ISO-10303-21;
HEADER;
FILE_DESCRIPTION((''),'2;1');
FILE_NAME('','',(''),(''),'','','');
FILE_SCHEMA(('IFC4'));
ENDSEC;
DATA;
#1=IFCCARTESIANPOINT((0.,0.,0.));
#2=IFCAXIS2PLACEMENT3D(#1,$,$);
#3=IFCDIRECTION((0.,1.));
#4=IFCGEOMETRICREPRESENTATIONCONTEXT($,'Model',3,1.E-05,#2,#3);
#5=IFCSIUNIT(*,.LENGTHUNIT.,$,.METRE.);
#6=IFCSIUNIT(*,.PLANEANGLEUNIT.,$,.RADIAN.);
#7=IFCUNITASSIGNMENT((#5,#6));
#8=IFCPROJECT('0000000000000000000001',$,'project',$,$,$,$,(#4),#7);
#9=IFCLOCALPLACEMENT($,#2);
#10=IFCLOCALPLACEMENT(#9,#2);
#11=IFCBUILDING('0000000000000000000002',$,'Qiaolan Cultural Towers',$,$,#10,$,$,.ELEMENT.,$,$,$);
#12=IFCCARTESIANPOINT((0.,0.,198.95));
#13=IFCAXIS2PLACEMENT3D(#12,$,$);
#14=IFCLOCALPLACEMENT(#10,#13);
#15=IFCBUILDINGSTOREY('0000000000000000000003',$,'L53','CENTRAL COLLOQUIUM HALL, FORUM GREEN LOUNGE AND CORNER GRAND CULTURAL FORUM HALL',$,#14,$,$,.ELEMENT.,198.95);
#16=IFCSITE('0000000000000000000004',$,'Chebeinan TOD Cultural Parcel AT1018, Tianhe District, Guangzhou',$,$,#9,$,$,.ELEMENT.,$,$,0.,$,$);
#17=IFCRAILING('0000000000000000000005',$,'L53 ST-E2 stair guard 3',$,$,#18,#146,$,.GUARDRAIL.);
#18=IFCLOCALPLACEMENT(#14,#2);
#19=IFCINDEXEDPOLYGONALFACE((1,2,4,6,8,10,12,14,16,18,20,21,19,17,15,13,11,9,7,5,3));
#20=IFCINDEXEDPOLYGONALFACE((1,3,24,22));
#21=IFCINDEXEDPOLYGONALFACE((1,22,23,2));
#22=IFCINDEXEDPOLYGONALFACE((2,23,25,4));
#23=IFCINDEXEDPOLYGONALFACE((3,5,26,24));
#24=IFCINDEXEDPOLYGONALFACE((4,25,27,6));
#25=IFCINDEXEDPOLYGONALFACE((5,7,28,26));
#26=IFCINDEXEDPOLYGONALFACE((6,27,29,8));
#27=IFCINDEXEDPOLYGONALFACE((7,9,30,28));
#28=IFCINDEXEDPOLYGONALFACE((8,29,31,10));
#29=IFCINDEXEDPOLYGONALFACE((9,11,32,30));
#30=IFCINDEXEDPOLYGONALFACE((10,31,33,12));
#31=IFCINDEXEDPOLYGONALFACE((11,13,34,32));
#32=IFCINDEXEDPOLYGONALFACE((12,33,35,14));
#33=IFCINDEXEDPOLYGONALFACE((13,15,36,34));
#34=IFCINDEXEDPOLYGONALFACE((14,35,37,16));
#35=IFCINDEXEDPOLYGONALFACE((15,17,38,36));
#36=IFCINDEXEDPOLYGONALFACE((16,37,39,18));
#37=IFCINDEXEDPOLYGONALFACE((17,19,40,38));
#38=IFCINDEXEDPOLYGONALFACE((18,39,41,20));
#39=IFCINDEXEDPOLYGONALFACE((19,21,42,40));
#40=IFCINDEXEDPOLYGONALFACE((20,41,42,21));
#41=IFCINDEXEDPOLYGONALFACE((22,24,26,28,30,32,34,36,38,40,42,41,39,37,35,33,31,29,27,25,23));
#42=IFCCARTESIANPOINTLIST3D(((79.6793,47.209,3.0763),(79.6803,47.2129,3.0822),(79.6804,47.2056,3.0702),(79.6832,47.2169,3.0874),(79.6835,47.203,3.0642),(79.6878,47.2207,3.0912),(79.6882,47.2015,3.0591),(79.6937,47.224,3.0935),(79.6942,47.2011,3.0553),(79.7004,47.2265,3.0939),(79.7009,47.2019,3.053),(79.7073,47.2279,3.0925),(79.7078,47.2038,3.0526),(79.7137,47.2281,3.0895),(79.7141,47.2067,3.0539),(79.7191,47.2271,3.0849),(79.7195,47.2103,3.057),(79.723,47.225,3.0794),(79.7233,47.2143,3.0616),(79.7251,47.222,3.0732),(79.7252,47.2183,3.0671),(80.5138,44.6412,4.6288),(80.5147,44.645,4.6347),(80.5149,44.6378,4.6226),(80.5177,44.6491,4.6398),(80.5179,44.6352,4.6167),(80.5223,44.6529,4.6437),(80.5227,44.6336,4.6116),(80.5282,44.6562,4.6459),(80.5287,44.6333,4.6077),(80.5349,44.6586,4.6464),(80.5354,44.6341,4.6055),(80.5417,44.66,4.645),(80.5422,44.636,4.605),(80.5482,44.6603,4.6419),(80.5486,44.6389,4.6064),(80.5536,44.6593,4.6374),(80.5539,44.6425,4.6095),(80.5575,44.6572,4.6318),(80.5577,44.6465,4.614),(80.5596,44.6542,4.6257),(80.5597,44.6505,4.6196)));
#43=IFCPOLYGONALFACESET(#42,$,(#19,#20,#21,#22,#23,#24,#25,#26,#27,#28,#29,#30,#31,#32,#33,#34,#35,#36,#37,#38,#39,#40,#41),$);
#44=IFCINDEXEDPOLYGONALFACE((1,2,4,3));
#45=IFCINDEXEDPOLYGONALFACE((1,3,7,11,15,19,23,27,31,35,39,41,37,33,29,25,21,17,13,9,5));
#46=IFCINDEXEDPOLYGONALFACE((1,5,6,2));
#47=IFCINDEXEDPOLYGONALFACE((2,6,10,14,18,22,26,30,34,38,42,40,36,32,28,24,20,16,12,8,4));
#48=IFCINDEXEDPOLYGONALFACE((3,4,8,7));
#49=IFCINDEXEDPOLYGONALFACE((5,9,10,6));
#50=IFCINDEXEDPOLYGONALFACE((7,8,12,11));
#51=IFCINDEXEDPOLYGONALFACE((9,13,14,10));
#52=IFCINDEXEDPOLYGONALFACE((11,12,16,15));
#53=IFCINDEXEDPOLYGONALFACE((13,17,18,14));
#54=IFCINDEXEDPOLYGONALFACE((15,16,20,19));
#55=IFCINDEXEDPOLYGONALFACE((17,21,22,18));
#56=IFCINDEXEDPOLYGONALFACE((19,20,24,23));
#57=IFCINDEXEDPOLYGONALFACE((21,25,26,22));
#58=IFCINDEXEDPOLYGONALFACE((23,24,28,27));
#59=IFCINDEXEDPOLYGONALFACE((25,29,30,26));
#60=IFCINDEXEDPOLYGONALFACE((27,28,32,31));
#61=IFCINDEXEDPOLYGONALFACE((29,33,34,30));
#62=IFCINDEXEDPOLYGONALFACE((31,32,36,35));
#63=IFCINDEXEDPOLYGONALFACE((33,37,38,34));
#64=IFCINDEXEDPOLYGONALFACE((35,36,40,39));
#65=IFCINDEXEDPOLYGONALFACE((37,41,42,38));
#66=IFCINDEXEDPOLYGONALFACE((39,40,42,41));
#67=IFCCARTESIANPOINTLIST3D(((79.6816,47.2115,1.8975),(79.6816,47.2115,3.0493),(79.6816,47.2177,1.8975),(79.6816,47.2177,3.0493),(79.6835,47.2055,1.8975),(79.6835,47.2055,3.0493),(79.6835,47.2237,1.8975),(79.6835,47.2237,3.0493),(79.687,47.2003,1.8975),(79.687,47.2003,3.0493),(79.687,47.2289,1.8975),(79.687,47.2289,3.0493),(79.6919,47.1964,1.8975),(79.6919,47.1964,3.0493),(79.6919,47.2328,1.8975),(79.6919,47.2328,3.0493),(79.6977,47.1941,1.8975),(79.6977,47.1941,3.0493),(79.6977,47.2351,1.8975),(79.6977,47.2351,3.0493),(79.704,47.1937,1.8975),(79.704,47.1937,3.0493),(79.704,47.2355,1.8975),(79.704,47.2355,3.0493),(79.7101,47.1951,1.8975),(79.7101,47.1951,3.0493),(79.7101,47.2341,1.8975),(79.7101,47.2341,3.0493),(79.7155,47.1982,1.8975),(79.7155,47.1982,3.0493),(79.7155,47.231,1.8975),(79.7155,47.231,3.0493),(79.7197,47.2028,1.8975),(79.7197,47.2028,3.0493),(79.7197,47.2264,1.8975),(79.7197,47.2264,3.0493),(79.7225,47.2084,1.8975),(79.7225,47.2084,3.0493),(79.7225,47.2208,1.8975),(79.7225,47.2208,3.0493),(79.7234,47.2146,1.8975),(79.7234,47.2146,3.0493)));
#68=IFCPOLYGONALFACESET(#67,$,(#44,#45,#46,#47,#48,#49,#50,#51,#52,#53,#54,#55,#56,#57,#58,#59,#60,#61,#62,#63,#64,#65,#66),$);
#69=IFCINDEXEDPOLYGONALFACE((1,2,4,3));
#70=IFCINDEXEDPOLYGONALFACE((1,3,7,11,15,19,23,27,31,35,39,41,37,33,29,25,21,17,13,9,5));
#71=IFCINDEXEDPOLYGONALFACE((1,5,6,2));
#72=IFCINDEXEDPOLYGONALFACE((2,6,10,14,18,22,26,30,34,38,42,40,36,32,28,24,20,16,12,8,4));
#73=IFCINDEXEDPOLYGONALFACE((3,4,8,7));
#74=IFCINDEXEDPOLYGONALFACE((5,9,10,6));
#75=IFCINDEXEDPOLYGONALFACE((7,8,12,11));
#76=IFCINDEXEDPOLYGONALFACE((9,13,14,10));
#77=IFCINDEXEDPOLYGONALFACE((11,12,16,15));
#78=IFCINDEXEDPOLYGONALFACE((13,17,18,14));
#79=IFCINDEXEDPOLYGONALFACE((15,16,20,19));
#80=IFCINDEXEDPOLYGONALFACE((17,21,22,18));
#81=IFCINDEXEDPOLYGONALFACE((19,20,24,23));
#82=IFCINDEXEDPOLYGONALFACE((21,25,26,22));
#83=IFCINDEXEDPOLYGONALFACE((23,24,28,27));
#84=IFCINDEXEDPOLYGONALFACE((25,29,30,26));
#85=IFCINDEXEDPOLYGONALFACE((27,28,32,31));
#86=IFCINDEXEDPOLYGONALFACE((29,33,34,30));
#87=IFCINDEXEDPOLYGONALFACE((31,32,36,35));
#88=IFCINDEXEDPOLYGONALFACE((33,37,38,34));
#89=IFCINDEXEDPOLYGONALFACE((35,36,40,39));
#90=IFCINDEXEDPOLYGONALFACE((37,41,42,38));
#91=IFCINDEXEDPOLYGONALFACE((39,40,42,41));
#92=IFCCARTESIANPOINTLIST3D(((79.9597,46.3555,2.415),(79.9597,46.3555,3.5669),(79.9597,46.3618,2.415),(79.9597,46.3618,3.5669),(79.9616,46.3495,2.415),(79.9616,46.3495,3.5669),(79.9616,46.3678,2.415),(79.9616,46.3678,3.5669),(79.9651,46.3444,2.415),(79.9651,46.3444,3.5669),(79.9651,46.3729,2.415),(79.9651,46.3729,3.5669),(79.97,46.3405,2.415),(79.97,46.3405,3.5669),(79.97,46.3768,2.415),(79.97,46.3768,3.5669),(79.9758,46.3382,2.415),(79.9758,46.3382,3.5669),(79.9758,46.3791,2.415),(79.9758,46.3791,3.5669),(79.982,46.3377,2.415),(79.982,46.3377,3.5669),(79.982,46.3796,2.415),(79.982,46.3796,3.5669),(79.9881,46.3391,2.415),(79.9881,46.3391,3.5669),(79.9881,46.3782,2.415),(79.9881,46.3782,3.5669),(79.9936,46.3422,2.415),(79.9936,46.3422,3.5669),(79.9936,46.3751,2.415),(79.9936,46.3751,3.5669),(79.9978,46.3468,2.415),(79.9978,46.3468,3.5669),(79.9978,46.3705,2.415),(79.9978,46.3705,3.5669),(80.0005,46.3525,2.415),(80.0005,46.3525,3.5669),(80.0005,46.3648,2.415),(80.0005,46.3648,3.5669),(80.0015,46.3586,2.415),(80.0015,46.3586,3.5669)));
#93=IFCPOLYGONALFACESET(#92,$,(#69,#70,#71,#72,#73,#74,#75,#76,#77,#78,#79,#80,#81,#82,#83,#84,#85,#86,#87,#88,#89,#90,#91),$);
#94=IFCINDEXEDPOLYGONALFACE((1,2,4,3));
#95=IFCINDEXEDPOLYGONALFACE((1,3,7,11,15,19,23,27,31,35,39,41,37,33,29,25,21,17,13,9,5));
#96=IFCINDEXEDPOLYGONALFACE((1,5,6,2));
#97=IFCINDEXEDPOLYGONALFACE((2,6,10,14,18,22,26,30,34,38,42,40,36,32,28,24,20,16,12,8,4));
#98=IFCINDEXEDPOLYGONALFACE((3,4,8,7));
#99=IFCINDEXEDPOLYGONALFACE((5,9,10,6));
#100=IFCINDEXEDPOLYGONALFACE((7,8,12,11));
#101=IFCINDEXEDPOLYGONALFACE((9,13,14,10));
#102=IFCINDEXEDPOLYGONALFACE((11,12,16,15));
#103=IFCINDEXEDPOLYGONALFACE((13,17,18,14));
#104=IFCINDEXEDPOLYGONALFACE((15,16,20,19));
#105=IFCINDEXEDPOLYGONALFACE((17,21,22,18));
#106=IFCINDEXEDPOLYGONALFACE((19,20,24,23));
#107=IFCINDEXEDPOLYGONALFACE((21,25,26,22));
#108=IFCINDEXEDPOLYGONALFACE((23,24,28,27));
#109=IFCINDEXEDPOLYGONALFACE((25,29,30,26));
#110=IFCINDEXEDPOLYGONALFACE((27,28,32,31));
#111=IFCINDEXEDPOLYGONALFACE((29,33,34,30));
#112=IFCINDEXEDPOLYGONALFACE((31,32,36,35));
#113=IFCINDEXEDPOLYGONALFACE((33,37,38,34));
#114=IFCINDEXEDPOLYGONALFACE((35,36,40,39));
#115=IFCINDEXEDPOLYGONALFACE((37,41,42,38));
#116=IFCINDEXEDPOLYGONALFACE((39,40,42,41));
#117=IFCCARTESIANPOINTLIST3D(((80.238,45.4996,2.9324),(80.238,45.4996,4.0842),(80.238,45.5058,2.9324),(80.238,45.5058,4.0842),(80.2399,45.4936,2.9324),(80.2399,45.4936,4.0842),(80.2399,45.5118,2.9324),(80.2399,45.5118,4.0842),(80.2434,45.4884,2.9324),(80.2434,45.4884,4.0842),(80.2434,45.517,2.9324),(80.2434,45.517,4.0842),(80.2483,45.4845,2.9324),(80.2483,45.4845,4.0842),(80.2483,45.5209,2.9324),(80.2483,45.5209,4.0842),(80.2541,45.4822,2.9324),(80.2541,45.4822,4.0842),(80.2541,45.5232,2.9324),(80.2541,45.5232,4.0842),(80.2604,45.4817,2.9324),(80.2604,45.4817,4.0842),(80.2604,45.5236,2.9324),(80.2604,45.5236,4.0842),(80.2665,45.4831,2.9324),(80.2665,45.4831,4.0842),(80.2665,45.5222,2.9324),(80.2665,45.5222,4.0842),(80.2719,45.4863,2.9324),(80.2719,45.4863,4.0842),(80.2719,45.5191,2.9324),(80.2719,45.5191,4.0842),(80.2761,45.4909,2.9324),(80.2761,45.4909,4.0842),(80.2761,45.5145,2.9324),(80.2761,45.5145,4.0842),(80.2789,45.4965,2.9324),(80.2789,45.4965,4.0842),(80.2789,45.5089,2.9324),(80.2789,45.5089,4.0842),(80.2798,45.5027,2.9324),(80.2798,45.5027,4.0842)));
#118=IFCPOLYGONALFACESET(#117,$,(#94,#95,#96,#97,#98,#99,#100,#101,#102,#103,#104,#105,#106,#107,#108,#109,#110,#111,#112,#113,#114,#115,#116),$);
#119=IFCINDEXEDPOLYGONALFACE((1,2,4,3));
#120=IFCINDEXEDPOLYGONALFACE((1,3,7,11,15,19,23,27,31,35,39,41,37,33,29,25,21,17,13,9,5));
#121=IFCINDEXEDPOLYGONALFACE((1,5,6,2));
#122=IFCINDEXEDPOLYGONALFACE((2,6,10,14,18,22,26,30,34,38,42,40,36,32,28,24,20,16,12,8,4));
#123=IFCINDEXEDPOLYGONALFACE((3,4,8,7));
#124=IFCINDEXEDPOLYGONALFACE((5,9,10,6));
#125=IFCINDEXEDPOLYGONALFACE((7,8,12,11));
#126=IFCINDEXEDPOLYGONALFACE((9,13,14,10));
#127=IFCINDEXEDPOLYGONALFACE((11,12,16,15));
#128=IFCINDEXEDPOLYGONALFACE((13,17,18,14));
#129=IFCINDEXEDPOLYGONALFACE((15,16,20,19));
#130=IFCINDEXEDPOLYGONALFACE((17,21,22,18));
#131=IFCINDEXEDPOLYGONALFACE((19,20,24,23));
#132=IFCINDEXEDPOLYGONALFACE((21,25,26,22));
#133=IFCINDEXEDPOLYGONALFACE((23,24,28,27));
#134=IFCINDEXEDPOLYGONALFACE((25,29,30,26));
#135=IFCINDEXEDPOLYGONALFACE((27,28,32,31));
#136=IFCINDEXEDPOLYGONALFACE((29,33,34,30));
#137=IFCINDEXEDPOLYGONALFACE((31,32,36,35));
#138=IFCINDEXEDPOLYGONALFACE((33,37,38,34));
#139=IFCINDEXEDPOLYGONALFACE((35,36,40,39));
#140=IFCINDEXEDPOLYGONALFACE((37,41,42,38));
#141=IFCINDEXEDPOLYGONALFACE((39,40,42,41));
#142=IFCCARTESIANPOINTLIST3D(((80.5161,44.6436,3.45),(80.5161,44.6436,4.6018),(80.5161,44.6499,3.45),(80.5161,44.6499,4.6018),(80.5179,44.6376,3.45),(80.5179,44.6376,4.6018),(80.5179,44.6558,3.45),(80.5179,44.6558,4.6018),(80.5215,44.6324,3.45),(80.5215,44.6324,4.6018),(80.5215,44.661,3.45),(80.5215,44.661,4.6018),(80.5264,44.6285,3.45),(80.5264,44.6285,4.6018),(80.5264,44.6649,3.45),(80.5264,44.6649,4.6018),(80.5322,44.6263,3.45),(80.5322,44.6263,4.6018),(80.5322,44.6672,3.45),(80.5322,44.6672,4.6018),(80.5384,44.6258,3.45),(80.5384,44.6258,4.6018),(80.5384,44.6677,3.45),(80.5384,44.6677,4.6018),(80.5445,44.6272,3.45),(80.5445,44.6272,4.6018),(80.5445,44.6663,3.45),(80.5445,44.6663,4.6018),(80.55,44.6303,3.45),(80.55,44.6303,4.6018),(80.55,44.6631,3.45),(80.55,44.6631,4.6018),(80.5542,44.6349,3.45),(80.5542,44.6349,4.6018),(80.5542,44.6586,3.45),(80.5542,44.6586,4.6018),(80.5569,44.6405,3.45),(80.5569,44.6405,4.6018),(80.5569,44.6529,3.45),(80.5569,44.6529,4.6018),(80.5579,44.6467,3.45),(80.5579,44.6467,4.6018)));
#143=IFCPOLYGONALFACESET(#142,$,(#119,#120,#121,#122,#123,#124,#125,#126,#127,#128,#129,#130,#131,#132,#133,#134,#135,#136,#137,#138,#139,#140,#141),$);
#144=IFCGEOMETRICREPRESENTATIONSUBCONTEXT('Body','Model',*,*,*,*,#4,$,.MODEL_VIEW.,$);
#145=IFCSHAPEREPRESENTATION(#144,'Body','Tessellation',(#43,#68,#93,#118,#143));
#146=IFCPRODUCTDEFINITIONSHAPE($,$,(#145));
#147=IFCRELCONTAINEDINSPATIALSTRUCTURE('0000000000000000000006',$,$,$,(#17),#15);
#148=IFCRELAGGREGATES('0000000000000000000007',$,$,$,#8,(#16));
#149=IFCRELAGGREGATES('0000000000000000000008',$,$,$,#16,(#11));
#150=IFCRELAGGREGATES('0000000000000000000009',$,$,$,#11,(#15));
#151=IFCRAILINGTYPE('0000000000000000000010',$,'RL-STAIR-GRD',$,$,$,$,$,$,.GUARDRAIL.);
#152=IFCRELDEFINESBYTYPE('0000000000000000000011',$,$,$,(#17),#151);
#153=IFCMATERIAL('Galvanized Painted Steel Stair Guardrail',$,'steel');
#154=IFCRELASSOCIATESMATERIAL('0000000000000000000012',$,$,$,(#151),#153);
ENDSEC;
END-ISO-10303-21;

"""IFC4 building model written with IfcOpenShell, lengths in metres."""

from ifc_helpers import new_model, si_unit, direction, frame, origin, origin_2d, place, context, subcontext, project, spatial, circle, extrude, material, type_object, element, save


model = new_model("IFC4")

# Units and contexts
model_context = context("Model", 3, precision=1e-05, world=origin(), true_north=direction((0.0, 1.0)))
body_context = subcontext(model_context, "Body", "Model", "MODEL_VIEW")
ifc_project = project(units=[si_unit("LENGTHUNIT", "METRE"), si_unit("PLANEANGLEUNIT", "RADIAN")], contexts=[model_context])

# Site, building, storey
site_placement = place(None, origin())
site = spatial("IfcSite", under=ifc_project, at=site_placement, Name="Chebeinan TOD Cultural Parcel AT1018, Tianhe District, Guangzhou", CompositionType="ELEMENT", RefElevation=0.0)
building_placement = place(site_placement, origin())
building = spatial("IfcBuilding", under=site, at=building_placement, Name="Qiaolan Cultural Towers", CompositionType="ELEMENT")
storey_placement = place(building_placement, frame((0.0, 0.0, 198.95)))
storey = spatial("IfcBuildingStorey", under=building, at=storey_placement, Name="L53", Description="CENTRAL COLLOQUIUM HALL, FORUM GREEN LOUNGE AND CORNER GRAND CULTURAL FORUM HALL", CompositionType="ELEMENT", Elevation=198.95)

# Railing
ifc_material_1 = material(Name="Galvanized Painted Steel Stair Guardrail", Category="steel")
railing_type_1 = type_object("IfcRailingType", Name="RL-STAIR-GRD", PredefinedType="GUARDRAIL", material=ifc_material_1)
railing_1_placement = place(storey_placement, frame((79.7024, 47.2146, 1.8975)))
element("IfcRailing", 1, at=railing_1_placement, inside=storey, type_object=railing_type_1, Name="L53 ST-E2 stair guard 3", PredefinedType="GUARDRAIL", context=body_context, shape_type="SweptSolid", body=[
    extrude(circle(Radius=0.0239, at=origin_2d()), frame((0.0, 0.0, 1.1758), z_axis=(0.267926, -0.824471, 0.498461), x_axis=(0.951043, 0.309057, 0.0)), (0.0, 0.0, 1.0), 3.1145),
    extrude(circle(Radius=0.021, at=origin_2d()), origin(), (0.0, 0.0, 1.0), 1.1519),
    extrude(circle(Radius=0.021, at=origin_2d()), frame((0.2781, -0.856, 0.5176)), (0.0, 0.0, 1.0), 1.1519),
    extrude(circle(Radius=0.021, at=origin_2d()), frame((0.5564, -1.7119, 1.0349)), (0.0, 0.0, 1.0), 1.1519),
    extrude(circle(Radius=0.021, at=origin_2d()), frame((0.8345, -2.5679, 1.5525)), (0.0, 0.0, 1.0), 1.1519),
])

save(model, "model.ifc")
